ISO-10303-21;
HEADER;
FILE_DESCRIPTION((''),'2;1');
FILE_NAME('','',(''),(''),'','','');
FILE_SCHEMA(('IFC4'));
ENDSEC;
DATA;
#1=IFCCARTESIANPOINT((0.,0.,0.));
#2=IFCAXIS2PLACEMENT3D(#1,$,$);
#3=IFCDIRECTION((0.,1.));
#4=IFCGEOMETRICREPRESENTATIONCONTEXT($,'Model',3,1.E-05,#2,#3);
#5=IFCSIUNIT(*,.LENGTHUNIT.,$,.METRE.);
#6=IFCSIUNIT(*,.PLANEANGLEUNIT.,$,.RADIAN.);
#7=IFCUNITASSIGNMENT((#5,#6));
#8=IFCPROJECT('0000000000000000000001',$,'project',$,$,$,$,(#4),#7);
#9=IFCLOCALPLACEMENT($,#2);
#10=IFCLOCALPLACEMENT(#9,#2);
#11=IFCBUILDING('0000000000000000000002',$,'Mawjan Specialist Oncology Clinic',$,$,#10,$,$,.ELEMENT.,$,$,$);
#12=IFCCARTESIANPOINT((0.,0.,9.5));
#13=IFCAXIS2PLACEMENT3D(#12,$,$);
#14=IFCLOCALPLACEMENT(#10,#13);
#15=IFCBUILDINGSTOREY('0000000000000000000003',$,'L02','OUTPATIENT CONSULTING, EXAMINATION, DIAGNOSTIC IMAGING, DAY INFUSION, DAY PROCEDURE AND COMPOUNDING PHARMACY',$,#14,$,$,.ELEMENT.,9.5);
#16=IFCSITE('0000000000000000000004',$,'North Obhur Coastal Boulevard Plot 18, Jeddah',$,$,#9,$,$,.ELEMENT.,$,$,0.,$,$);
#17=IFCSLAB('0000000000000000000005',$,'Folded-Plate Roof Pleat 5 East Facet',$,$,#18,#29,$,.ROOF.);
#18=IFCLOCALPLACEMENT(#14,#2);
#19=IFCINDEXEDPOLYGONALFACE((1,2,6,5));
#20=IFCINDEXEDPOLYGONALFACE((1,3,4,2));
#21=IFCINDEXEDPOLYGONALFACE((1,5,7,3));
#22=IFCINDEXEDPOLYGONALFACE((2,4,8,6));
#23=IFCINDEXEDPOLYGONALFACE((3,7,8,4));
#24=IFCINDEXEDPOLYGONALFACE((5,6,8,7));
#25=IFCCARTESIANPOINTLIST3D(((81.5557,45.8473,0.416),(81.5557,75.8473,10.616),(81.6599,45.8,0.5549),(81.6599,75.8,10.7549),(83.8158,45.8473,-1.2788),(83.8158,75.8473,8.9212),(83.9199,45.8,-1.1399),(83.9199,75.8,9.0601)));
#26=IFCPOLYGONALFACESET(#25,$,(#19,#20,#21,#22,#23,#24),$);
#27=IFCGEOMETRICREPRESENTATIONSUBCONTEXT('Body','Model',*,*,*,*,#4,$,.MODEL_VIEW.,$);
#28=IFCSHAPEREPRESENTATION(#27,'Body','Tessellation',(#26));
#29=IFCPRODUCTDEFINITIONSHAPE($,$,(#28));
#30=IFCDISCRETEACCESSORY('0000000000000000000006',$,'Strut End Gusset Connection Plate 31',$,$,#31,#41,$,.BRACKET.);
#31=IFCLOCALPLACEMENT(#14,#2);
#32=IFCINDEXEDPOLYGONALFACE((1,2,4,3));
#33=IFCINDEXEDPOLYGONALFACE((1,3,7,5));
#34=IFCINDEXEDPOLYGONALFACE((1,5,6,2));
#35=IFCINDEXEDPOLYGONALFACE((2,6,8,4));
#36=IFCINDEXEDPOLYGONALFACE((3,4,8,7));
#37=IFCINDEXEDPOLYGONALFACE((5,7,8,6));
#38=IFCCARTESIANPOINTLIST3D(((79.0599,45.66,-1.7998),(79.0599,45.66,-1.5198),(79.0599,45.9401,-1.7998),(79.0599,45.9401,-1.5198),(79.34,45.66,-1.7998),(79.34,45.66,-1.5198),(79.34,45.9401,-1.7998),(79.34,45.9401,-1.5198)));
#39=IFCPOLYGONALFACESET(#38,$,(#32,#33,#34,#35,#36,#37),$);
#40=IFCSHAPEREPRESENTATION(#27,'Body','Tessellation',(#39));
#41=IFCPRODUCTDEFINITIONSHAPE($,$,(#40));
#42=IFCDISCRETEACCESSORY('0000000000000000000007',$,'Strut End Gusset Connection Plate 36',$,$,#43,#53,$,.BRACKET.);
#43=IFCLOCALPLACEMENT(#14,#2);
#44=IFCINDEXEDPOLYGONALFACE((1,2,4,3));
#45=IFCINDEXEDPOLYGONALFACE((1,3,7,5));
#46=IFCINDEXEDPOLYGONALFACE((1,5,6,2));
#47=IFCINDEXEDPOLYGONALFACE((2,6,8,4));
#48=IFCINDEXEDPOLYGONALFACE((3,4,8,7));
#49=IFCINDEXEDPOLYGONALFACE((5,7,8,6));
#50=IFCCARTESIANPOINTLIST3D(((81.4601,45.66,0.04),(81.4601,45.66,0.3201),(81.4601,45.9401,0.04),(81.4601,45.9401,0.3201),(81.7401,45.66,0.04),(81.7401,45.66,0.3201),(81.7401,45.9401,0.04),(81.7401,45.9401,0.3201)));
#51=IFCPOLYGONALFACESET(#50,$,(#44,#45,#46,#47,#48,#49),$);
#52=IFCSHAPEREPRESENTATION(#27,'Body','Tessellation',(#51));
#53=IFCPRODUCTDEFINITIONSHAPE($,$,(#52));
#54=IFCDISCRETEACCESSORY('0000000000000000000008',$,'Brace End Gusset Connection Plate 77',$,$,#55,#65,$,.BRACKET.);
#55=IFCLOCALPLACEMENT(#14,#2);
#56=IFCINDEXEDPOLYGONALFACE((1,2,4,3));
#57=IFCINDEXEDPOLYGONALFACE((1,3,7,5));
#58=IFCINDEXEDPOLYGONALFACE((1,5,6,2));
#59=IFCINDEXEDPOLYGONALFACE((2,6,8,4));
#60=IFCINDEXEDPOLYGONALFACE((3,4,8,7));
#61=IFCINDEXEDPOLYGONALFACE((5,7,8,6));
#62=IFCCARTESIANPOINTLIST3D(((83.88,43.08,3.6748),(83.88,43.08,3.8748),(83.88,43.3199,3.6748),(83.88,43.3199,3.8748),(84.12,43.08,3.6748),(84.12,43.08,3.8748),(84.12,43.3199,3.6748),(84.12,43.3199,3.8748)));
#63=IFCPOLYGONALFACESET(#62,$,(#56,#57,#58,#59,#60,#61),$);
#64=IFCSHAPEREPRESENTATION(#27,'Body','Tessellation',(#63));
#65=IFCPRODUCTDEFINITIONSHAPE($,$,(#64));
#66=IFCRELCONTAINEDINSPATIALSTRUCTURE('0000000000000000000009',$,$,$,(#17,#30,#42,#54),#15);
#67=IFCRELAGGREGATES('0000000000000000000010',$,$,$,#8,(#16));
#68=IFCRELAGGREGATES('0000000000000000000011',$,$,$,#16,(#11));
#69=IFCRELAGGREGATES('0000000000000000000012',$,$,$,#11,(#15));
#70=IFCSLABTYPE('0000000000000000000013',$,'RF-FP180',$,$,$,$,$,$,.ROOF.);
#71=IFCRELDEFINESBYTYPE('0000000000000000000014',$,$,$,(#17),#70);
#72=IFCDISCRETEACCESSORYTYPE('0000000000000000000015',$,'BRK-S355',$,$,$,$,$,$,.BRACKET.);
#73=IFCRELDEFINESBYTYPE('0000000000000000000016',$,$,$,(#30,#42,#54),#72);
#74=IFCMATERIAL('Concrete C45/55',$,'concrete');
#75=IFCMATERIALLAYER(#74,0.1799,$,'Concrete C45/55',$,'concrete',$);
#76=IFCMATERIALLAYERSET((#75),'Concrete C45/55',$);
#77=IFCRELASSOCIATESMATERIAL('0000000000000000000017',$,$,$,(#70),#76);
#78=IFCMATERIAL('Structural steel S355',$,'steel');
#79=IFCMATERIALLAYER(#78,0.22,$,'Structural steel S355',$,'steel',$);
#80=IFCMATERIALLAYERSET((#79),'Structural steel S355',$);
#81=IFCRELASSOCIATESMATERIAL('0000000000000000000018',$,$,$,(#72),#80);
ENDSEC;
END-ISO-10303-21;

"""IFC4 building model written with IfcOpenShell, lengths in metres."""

from ifc_helpers import new_model, si_unit, direction, frame, origin, origin_2d, place, context, subcontext, project, spatial, polyline, rectangle, outline, extrude, material, layer, layer_set, type_object, element, save


model = new_model("IFC4")

# Units and contexts
model_context = context("Model", 3, precision=1e-05, world=origin(), true_north=direction((0.0, 1.0)))
body_context = subcontext(model_context, "Body", "Model", "MODEL_VIEW")
ifc_project = project(units=[si_unit("LENGTHUNIT", "METRE"), si_unit("PLANEANGLEUNIT", "RADIAN")], contexts=[model_context])

# Site, building, storey
site_placement = place(None, origin())
site = spatial("IfcSite", under=ifc_project, at=site_placement, Name="North Obhur Coastal Boulevard Plot 18, Jeddah", CompositionType="ELEMENT", RefElevation=0.0)
building_placement = place(site_placement, origin())
building = spatial("IfcBuilding", under=site, at=building_placement, Name="Mawjan Specialist Oncology Clinic", CompositionType="ELEMENT")
storey_placement = place(building_placement, frame((0.0, 0.0, 9.5)))
storey = spatial("IfcBuildingStorey", under=building, at=storey_placement, Name="L02", Description="OUTPATIENT CONSULTING, EXAMINATION, DIAGNOSTIC IMAGING, DAY INFUSION, DAY PROCEDURE AND COMPOUNDING PHARMACY", CompositionType="ELEMENT", Elevation=9.5)

# Slab
ifc_material_1 = material(Name="Concrete C45/55", Category="concrete")
ifc_layer_1 = layer(ifc_material_1, 0.1799, Name="Concrete C45/55", Category="concrete")
ifc_layer_set_1 = layer_set([ifc_layer_1], Name="Concrete C45/55")
slab_type = type_object("IfcSlabType", Name="RF-FP180", PredefinedType="ROOF", material=ifc_layer_set_1)
slab_1_placement = place(storey_placement, frame((81.6599, 45.8, 0.5549), z_axis=(0.578924, -0.262472, 0.771982), x_axis=(0.800031, 0.0, -0.599959)))
element("IfcSlab", 1, at=slab_1_placement, inside=storey, type_object=slab_type, Name="Folded-Plate Roof Pleat 5 East Facet", PredefinedType="ROOF", context=body_context, shape_type="SweptSolid", body=[
    extrude(outline(polyline([(0.0, 0.0), (2.8249, 0.0), (-3.2946, 31.09), (-6.1195, 31.09), (0.0, 0.0)])), origin(), (0.0, 0.0, -1.0), 0.1799),
])

# Discrete accessories
ifc_material_2 = material(Name="Structural steel S355", Category="steel")
ifc_layer_2 = layer(ifc_material_2, 0.22, Name="Structural steel S355", Category="steel")
ifc_layer_set_2 = layer_set([ifc_layer_2], Name="Structural steel S355")
discrete_accessory_type = type_object("IfcDiscreteAccessoryType", Name="BRK-S355", PredefinedType="BRACKET", material=ifc_layer_set_2)
for number, where, z_axis, x_axis, name in (
    (2, (79.2, 45.8, -1.7998), (0.0, 0.0, 1.0), (1.0, 0.0, 0.0), "Strut End Gusset Connection Plate 31"),
    (3, (81.6001, 45.8, 0.04), (0.0, 0.0, 1.0), (1.0, 0.0, 0.0), "Strut End Gusset Connection Plate 36"),
):
    element("IfcDiscreteAccessory", number, at=place(storey_placement, frame(where, z_axis=z_axis, x_axis=x_axis)), inside=storey, type_object=discrete_accessory_type, Name=name, PredefinedType="BRACKET", context=body_context, shape_type="SweptSolid", body=[
        extrude(rectangle(XDim=0.28, YDim=0.28, at=origin_2d()), origin(), (0.0, 0.0, 1.0), 0.28),
    ])
discrete_accessory_placement = place(storey_placement, frame((84.0, 43.2, 3.6748), z_axis=(0.0, 0.0, 1.0), x_axis=(1.0, 0.0, 0.0)))
element("IfcDiscreteAccessory", 4, at=discrete_accessory_placement, inside=storey, type_object=discrete_accessory_type, Name="Brace End Gusset Connection Plate 77", PredefinedType="BRACKET", context=body_context, shape_type="SweptSolid", body=[
    extrude(rectangle(XDim=0.24, YDim=0.24, at=origin_2d()), origin(), (0.0, 0.0, 1.0), 0.2),
])

save(model, "model.ifc")
